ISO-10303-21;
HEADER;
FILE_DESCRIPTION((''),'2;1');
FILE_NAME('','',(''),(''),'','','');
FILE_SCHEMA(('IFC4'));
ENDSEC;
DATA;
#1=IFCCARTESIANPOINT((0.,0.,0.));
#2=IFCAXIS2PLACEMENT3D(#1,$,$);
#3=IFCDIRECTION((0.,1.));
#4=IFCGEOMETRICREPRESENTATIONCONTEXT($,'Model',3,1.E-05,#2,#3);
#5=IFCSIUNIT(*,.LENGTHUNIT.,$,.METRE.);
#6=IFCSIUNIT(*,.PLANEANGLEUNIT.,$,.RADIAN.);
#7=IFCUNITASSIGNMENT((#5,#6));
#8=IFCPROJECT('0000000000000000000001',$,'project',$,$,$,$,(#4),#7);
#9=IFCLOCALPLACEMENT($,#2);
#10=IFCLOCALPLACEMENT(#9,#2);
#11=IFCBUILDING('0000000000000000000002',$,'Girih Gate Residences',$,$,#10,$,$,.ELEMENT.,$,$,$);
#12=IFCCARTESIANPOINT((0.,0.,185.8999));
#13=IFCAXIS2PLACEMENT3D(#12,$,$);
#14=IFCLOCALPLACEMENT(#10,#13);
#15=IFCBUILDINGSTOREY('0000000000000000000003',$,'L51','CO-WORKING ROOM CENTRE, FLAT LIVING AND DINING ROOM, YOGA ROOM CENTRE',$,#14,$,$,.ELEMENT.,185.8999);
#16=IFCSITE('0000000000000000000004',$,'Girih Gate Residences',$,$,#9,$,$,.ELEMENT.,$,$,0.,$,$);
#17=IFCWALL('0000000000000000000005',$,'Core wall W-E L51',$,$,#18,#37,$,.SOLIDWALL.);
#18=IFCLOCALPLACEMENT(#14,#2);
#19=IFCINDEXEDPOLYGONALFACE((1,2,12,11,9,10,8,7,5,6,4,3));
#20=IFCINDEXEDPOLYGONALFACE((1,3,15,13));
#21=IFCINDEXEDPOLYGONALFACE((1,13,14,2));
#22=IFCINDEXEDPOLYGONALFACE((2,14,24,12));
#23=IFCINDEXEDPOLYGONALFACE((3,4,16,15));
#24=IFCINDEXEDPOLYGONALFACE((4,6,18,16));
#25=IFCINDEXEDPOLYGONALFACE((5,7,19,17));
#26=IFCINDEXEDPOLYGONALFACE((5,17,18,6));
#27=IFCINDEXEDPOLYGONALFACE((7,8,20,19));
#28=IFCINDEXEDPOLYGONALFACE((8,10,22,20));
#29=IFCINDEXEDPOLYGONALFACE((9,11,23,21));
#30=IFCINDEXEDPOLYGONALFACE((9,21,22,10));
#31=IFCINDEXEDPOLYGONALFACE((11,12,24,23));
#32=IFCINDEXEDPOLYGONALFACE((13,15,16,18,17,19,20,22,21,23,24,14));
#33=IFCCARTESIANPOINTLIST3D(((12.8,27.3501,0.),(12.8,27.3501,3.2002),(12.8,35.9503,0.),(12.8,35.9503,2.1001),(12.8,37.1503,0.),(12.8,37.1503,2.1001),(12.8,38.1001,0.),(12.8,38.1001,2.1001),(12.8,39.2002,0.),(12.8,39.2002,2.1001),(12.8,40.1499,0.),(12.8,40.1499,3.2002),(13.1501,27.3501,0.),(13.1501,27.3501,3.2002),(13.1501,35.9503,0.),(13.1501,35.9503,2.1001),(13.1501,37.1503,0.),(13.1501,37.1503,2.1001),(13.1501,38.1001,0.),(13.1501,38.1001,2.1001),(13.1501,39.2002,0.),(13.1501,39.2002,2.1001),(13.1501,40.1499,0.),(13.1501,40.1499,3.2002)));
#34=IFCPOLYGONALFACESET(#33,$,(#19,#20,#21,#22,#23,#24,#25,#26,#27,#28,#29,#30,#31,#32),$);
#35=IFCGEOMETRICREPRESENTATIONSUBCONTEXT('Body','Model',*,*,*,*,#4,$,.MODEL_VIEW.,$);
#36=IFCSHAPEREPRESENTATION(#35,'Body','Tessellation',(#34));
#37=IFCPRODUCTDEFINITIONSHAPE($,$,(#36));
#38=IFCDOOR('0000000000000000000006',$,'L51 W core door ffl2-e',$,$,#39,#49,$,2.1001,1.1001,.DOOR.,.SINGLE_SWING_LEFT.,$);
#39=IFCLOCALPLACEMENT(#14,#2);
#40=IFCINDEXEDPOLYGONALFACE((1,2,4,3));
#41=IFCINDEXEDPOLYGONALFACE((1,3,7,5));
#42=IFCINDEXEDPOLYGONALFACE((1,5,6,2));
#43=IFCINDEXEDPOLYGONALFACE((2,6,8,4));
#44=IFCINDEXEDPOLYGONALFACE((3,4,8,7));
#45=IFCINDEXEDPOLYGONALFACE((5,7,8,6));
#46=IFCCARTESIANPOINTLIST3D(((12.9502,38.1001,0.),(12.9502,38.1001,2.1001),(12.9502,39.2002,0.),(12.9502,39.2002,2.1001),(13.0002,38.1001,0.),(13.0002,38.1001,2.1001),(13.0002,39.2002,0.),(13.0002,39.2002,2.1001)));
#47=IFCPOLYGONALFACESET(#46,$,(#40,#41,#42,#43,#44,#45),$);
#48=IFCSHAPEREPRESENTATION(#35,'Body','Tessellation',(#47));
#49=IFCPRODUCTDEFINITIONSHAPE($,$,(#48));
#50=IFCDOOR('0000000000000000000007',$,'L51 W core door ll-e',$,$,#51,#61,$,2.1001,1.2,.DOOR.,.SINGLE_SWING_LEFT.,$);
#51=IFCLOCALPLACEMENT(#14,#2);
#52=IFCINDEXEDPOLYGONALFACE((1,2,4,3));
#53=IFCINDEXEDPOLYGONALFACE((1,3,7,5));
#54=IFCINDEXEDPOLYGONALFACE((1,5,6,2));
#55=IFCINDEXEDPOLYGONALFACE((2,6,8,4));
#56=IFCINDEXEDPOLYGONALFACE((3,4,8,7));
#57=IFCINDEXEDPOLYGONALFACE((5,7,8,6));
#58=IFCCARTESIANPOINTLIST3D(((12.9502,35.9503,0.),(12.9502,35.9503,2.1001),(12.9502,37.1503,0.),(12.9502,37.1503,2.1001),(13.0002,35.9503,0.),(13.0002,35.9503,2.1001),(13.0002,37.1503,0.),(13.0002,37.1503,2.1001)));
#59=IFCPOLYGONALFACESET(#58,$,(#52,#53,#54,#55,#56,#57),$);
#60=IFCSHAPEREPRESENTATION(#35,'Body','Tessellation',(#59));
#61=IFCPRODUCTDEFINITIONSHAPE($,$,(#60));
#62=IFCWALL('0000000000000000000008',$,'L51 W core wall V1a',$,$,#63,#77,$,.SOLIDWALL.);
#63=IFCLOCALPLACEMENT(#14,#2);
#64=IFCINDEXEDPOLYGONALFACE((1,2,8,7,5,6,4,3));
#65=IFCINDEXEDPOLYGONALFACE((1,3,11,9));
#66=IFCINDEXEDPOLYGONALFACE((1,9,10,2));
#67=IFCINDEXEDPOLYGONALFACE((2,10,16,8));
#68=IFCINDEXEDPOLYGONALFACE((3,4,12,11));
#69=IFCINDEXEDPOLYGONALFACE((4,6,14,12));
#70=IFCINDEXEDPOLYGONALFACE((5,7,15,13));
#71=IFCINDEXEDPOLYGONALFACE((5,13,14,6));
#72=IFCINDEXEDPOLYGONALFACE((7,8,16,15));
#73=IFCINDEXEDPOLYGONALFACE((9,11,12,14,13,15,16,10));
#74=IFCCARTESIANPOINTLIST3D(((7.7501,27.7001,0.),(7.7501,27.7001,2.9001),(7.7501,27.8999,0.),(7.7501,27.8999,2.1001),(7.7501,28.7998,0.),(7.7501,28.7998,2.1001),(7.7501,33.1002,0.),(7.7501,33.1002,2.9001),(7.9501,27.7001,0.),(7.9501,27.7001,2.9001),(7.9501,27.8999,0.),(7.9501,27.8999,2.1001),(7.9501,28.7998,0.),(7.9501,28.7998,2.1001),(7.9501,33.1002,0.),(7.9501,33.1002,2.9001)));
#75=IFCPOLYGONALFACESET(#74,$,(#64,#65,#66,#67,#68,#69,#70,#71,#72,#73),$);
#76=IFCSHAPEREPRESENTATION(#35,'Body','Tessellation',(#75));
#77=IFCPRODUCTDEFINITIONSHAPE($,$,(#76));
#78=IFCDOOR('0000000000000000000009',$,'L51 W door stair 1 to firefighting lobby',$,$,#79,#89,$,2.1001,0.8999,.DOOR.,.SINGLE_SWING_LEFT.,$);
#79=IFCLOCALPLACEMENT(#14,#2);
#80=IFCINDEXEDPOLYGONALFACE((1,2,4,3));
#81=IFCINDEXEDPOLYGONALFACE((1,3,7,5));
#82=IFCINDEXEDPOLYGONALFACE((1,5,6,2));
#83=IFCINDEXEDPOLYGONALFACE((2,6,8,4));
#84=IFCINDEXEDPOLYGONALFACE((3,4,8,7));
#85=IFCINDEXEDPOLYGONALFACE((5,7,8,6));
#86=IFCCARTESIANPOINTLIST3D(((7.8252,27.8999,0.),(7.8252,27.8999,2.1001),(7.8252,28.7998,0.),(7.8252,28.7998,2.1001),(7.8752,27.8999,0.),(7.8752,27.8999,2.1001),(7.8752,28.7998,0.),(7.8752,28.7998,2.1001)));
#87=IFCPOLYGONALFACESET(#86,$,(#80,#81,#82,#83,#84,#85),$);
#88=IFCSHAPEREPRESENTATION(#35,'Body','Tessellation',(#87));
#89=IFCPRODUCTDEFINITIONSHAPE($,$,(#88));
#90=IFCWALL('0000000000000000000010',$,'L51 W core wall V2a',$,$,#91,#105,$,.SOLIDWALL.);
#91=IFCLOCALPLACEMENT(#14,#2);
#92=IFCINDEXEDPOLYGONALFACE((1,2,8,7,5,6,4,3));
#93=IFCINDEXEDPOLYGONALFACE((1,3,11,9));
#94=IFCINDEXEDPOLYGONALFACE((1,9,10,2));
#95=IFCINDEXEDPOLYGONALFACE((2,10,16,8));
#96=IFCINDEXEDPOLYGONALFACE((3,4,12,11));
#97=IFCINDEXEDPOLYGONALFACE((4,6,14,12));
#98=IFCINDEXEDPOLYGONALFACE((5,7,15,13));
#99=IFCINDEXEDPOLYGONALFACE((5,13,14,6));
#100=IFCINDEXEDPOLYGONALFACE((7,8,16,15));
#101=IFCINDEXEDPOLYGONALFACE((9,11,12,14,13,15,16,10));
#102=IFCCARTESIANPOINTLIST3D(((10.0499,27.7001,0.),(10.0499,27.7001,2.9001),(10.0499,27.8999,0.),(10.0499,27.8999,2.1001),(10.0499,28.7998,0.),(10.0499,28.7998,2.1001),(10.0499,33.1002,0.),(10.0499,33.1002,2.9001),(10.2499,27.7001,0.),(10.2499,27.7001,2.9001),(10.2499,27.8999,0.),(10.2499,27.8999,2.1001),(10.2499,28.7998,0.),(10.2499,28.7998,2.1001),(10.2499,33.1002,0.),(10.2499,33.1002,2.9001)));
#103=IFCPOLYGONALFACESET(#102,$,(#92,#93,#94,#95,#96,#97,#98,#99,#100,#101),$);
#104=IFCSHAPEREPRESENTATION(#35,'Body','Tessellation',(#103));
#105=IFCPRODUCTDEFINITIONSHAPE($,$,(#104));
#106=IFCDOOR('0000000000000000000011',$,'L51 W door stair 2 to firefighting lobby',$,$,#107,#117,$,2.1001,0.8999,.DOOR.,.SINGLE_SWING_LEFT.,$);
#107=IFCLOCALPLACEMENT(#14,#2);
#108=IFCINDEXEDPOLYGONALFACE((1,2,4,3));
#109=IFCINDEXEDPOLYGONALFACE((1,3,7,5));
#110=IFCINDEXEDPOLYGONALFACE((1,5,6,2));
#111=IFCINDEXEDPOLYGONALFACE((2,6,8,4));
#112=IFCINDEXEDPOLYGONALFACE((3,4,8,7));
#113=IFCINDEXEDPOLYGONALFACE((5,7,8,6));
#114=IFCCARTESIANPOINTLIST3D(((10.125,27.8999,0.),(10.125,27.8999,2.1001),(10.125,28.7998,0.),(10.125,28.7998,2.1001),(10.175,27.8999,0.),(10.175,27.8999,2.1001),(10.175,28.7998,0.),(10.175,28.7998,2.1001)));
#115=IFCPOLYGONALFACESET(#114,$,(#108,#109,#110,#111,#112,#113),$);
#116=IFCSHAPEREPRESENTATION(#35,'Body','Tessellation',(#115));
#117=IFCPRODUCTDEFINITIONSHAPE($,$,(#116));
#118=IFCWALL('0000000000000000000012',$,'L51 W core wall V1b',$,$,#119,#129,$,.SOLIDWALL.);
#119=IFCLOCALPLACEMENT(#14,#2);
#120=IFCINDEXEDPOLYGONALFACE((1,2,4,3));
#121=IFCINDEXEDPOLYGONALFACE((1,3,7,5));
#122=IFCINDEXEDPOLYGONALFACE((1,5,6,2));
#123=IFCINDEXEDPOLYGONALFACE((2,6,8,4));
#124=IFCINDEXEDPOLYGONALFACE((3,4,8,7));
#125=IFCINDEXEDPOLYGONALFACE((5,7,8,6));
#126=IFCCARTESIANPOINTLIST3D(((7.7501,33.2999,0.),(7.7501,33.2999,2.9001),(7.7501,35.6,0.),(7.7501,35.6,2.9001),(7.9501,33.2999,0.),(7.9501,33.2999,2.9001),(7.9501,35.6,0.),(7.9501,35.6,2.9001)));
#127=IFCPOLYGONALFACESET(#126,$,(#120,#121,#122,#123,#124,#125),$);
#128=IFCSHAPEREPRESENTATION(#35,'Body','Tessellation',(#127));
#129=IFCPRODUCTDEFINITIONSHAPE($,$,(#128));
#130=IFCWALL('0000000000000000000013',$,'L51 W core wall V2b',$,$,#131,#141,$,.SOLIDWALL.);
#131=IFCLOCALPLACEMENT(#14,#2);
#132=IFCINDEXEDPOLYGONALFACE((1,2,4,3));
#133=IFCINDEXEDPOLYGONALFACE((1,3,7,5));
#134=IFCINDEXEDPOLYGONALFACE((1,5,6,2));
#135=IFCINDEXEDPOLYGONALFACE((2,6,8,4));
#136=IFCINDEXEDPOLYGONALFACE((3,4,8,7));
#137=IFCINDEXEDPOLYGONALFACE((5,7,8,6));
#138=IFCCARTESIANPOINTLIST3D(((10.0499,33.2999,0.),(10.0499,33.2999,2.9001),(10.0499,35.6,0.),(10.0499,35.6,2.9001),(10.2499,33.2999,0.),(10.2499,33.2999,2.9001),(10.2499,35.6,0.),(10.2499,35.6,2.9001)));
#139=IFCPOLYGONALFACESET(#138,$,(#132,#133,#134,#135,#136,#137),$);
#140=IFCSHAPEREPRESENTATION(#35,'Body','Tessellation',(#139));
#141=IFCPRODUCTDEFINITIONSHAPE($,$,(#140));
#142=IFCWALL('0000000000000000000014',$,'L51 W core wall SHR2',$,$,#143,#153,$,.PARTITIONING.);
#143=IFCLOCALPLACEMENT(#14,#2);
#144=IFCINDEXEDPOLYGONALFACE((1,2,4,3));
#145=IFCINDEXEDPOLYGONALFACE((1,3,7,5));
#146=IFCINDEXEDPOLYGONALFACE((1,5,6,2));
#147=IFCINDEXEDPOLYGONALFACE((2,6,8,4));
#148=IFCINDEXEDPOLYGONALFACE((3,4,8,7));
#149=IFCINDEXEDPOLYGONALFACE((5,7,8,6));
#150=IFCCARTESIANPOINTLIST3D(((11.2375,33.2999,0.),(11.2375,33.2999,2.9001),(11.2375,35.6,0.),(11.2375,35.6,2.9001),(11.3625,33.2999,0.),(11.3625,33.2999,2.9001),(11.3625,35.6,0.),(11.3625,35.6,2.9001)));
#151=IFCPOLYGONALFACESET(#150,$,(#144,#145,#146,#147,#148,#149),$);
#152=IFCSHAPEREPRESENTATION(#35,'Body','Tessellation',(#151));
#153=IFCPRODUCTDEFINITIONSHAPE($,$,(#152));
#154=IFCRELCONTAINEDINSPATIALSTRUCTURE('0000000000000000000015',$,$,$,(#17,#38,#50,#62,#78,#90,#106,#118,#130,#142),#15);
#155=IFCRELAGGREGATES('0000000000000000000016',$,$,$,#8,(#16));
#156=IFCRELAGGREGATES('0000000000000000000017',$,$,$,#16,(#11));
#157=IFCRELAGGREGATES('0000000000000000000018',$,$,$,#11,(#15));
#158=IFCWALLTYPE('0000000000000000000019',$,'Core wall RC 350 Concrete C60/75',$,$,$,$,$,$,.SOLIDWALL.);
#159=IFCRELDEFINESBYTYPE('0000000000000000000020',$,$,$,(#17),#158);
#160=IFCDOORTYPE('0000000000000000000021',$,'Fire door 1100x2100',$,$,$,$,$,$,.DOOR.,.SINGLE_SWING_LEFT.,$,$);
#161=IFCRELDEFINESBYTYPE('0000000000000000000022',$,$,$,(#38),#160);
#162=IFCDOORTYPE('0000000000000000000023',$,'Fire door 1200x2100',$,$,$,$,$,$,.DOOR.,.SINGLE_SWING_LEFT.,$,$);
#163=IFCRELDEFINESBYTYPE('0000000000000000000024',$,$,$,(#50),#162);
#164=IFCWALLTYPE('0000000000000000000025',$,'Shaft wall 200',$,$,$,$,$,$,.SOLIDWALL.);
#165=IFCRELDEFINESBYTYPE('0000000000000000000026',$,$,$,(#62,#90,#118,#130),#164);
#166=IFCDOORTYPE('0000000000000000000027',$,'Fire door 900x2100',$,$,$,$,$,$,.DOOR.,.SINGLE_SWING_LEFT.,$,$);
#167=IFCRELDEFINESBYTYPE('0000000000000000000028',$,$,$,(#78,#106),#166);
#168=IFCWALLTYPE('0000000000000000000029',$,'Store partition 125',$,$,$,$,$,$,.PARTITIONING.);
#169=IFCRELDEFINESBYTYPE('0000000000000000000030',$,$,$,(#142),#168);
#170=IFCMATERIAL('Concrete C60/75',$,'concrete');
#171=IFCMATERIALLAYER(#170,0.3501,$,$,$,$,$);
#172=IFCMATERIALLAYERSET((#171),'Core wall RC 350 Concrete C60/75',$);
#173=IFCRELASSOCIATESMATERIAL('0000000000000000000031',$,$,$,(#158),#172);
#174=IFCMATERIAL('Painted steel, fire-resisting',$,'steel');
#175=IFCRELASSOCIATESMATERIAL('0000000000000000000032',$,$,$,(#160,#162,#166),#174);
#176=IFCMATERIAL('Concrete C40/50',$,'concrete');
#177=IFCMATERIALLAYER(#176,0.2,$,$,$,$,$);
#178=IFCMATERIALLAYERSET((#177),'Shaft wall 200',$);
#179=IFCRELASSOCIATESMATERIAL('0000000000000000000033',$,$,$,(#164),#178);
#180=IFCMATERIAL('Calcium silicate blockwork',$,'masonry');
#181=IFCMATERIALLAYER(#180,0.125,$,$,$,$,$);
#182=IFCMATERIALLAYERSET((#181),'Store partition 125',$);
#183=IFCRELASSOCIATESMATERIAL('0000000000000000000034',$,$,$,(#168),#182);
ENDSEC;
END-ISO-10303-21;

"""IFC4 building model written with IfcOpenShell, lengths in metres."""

from ifc_helpers import new_model, si_unit, direction, frame, frame_2d, origin, place, context, subcontext, project, spatial, rectangle, extrude, material, layer, layer_set, type_object, element, fill, save


model = new_model("IFC4")

# Units and contexts
model_context = context("Model", 3, precision=1e-05, world=origin(), true_north=direction((0.0, 1.0)))
body_context = subcontext(model_context, "Body", "Model", "MODEL_VIEW")
ifc_project = project(units=[si_unit("LENGTHUNIT", "METRE"), si_unit("PLANEANGLEUNIT", "RADIAN")], contexts=[model_context])

# Site, building, storey
site_placement = place(None, origin())
site = spatial("IfcSite", under=ifc_project, at=site_placement, Name="Girih Gate Residences", CompositionType="ELEMENT", RefElevation=0.0)
building_placement = place(site_placement, origin())
building = spatial("IfcBuilding", under=site, at=building_placement, Name="Girih Gate Residences", CompositionType="ELEMENT")
storey_placement = place(building_placement, frame((0.0, 0.0, 185.8999)))
storey = spatial("IfcBuildingStorey", under=building, at=storey_placement, Name="L51", Description="CO-WORKING ROOM CENTRE, FLAT LIVING AND DINING ROOM, YOGA ROOM CENTRE", CompositionType="ELEMENT", Elevation=185.8999)

# Wall, openings, doors
ifc_material_1 = material(Name="Concrete C60/75", Category="concrete")
ifc_layer_1 = layer(ifc_material_1, 0.3501)
ifc_layer_set_1 = layer_set([ifc_layer_1], Name="Core wall RC 350 Concrete C60/75")
wall_type_1 = type_object("IfcWallType", Name="Core wall RC 350 Concrete C60/75", PredefinedType="SOLIDWALL", material=ifc_layer_set_1)
wall_1_placement = place(storey_placement, frame((12.9751, 27.3501, 0.0), z_axis=(0.0, 0.0, 1.0), x_axis=(0.0, 1.0, 0.0)))
wall_1 = element("IfcWall", 1, at=wall_1_placement, inside=storey, type_object=wall_type_1, Name="Core wall W-E L51", PredefinedType="SOLIDWALL", context=body_context, shape_type="SweptSolid", body=[
    extrude(rectangle(XDim=12.7998, YDim=0.3501, at=frame_2d((6.3999, 0.0))), origin(), (0.0, 0.0, 1.0), 3.2002),
])
opening_1_placement = place(wall_1_placement, frame((10.75, 0.0, 0.0)))
opening_1 = element("IfcOpeningElement", 2, at=opening_1_placement, cuts=wall_1, PredefinedType="OPENING", context=body_context, shape_type="SweptSolid", body=[
    extrude(rectangle(XDim=1.1001, YDim=2.1001, at=frame_2d((0.55, 1.05))), frame((0.0, 0.1851, 0.0), z_axis=(0.0, -1.0, 0.0), x_axis=(1.0, 0.0, 0.0)), (0.0, 0.0, 1.0), 0.3701),
])
opening_2_placement = place(wall_1_placement, frame((8.6001, 0.0, 0.0)))
opening_2 = element("IfcOpeningElement", 3, at=opening_2_placement, cuts=wall_1, PredefinedType="OPENING", context=body_context, shape_type="SweptSolid", body=[
    extrude(rectangle(XDim=1.2, YDim=2.1001, at=frame_2d((0.6001, 1.05))), frame((0.0, 0.1851, 0.0), z_axis=(0.0, -1.0, 0.0), x_axis=(1.0, 0.0, 0.0)), (0.0, 0.0, 1.0), 0.3701),
])
ifc_material_2 = material(Name="Painted steel, fire-resisting", Category="steel")
door_type_1 = type_object("IfcDoorType", Name="Fire door 1100x2100", OperationType="SINGLE_SWING_LEFT", PredefinedType="DOOR", material=ifc_material_2)
door_1_placement = place(opening_1_placement, origin())
door_1 = element("IfcDoor", 4, at=door_1_placement, inside=storey, type_object=door_type_1, Name="L51 W core door ffl2-e", OperationType="SINGLE_SWING_LEFT", OverallHeight=2.1001, OverallWidth=1.1001, PredefinedType="DOOR", context=body_context, shape_type="SweptSolid", body=[
    extrude(rectangle(XDim=1.1001, YDim=2.1001, at=frame_2d((0.55, 1.05))), frame((0.0, 0.0249, 0.0), z_axis=(0.0, -1.0, 0.0), x_axis=(1.0, 0.0, 0.0)), (0.0, 0.0, 1.0), 0.05),
])
fill(opening_1, door_1)
door_type_2 = type_object("IfcDoorType", Name="Fire door 1200x2100", OperationType="SINGLE_SWING_LEFT", PredefinedType="DOOR", material=ifc_material_2)
door_2_placement = place(opening_2_placement, origin())
door_2 = element("IfcDoor", 5, at=door_2_placement, inside=storey, type_object=door_type_2, Name="L51 W core door ll-e", OperationType="SINGLE_SWING_LEFT", OverallHeight=2.1001, OverallWidth=1.2, PredefinedType="DOOR", context=body_context, shape_type="SweptSolid", body=[
    extrude(rectangle(XDim=1.2, YDim=2.1001, at=frame_2d((0.6001, 1.05))), frame((0.0, 0.0249, 0.0), z_axis=(0.0, -1.0, 0.0), x_axis=(1.0, 0.0, 0.0)), (0.0, 0.0, 1.0), 0.05),
])
fill(opening_2, door_2)

# Walls, openings, doors
ifc_material_3 = material(Name="Concrete C40/50", Category="concrete")
ifc_layer_2 = layer(ifc_material_3, 0.2)
ifc_layer_set_2 = layer_set([ifc_layer_2], Name="Shaft wall 200")
wall_type_2 = type_object("IfcWallType", Name="Shaft wall 200", PredefinedType="SOLIDWALL", material=ifc_layer_set_2)
wall_2_placement = place(storey_placement, frame((7.8501, 27.7, 0.0), z_axis=(0.0, 0.0, 1.0), x_axis=(0.0, 1.0, 0.0)))
wall_2 = element("IfcWall", 6, at=wall_2_placement, inside=storey, type_object=wall_type_2, Name="L51 W core wall V1a", PredefinedType="SOLIDWALL", context=body_context, shape_type="SweptSolid", body=[
    extrude(rectangle(XDim=5.4001, YDim=0.2, at=frame_2d((2.7002, 0.0))), origin(), (0.0, 0.0, 1.0), 2.9001),
])
opening_3_placement = place(wall_2_placement, frame((0.2, 0.0, 0.0)))
opening_3 = element("IfcOpeningElement", 7, at=opening_3_placement, cuts=wall_2, PredefinedType="OPENING", context=body_context, shape_type="SweptSolid", body=[
    extrude(rectangle(XDim=0.8999, YDim=2.1001, at=frame_2d((0.45, 1.05))), frame((0.0, 0.1099, 0.0), z_axis=(0.0, -1.0, 0.0), x_axis=(1.0, 0.0, 0.0)), (0.0, 0.0, 1.0), 0.22),
])
door_type_3 = type_object("IfcDoorType", Name="Fire door 900x2100", OperationType="SINGLE_SWING_LEFT", PredefinedType="DOOR", material=ifc_material_2)
door_3_placement = place(opening_3_placement, origin())
door_3 = element("IfcDoor", 8, at=door_3_placement, inside=storey, type_object=door_type_3, Name="L51 W door stair 1 to firefighting lobby", OperationType="SINGLE_SWING_LEFT", OverallHeight=2.1001, OverallWidth=0.8999, PredefinedType="DOOR", context=body_context, shape_type="SweptSolid", body=[
    extrude(rectangle(XDim=0.8999, YDim=2.1001, at=frame_2d((0.45, 1.05))), frame((0.0, 0.0249, 0.0), z_axis=(0.0, -1.0, 0.0), x_axis=(1.0, 0.0, 0.0)), (0.0, 0.0, 1.0), 0.05),
])
fill(opening_3, door_3)
wall_3_placement = place(storey_placement, frame((10.1499, 27.7, 0.0), z_axis=(0.0, 0.0, 1.0), x_axis=(0.0, 1.0, 0.0)))
wall_3 = element("IfcWall", 9, at=wall_3_placement, inside=storey, type_object=wall_type_2, Name="L51 W core wall V2a", PredefinedType="SOLIDWALL", context=body_context, shape_type="SweptSolid", body=[
    extrude(rectangle(XDim=5.4001, YDim=0.2, at=frame_2d((2.7002, 0.0))), origin(), (0.0, 0.0, 1.0), 2.9001),
])
opening_4_placement = place(wall_3_placement, frame((0.2, 0.0, 0.0)))
opening_4 = element("IfcOpeningElement", 10, at=opening_4_placement, cuts=wall_3, PredefinedType="OPENING", context=body_context, shape_type="SweptSolid", body=[
    extrude(rectangle(XDim=0.8999, YDim=2.1001, at=frame_2d((0.45, 1.05))), frame((0.0, 0.1099, 0.0), z_axis=(0.0, -1.0, 0.0), x_axis=(1.0, 0.0, 0.0)), (0.0, 0.0, 1.0), 0.22),
])
door_4_placement = place(opening_4_placement, origin())
door_4 = element("IfcDoor", 11, at=door_4_placement, inside=storey, type_object=door_type_3, Name="L51 W door stair 2 to firefighting lobby", OperationType="SINGLE_SWING_LEFT", OverallHeight=2.1001, OverallWidth=0.8999, PredefinedType="DOOR", context=body_context, shape_type="SweptSolid", body=[
    extrude(rectangle(XDim=0.8999, YDim=2.1001, at=frame_2d((0.45, 1.05))), frame((0.0, 0.0249, 0.0), z_axis=(0.0, -1.0, 0.0), x_axis=(1.0, 0.0, 0.0)), (0.0, 0.0, 1.0), 0.05),
])
fill(opening_4, door_4)

# Walls
for number, where, z_axis, x_axis, name in (
    (12, (7.8501, 33.3, 0.0), (0.0, 0.0, 1.0), (0.0, 1.0, 0.0), "L51 W core wall V1b"),
    (13, (10.1499, 33.3, 0.0), (0.0, 0.0, 1.0), (0.0, 1.0, 0.0), "L51 W core wall V2b"),
):
    element("IfcWall", number, at=place(storey_placement, frame(where, z_axis=z_axis, x_axis=x_axis)), inside=storey, type_object=wall_type_2, Name=name, PredefinedType="SOLIDWALL", context=body_context, shape_type="SweptSolid", body=[
        extrude(rectangle(XDim=2.3, YDim=0.2, at=frame_2d((1.1499, 0.0))), origin(), (0.0, 0.0, 1.0), 2.9001),
    ])
ifc_material_4 = material(Name="Calcium silicate blockwork", Category="masonry")
ifc_layer_3 = layer(ifc_material_4, 0.125)
ifc_layer_set_3 = layer_set([ifc_layer_3], Name="Store partition 125")
wall_type_3 = type_object("IfcWallType", Name="Store partition 125", PredefinedType="PARTITIONING", material=ifc_layer_set_3)
wall_4_placement = place(storey_placement, frame((11.3, 33.3, 0.0), z_axis=(0.0, 0.0, 1.0), x_axis=(0.0, 1.0, 0.0)))
element("IfcWall", 14, at=wall_4_placement, inside=storey, type_object=wall_type_3, Name="L51 W core wall SHR2", PredefinedType="PARTITIONING", context=body_context, shape_type="SweptSolid", body=[
    extrude(rectangle(XDim=2.3, YDim=0.125, at=frame_2d((1.1499, 0.0))), origin(), (0.0, 0.0, 1.0), 2.9001),
])

save(model, "model.ifc")
